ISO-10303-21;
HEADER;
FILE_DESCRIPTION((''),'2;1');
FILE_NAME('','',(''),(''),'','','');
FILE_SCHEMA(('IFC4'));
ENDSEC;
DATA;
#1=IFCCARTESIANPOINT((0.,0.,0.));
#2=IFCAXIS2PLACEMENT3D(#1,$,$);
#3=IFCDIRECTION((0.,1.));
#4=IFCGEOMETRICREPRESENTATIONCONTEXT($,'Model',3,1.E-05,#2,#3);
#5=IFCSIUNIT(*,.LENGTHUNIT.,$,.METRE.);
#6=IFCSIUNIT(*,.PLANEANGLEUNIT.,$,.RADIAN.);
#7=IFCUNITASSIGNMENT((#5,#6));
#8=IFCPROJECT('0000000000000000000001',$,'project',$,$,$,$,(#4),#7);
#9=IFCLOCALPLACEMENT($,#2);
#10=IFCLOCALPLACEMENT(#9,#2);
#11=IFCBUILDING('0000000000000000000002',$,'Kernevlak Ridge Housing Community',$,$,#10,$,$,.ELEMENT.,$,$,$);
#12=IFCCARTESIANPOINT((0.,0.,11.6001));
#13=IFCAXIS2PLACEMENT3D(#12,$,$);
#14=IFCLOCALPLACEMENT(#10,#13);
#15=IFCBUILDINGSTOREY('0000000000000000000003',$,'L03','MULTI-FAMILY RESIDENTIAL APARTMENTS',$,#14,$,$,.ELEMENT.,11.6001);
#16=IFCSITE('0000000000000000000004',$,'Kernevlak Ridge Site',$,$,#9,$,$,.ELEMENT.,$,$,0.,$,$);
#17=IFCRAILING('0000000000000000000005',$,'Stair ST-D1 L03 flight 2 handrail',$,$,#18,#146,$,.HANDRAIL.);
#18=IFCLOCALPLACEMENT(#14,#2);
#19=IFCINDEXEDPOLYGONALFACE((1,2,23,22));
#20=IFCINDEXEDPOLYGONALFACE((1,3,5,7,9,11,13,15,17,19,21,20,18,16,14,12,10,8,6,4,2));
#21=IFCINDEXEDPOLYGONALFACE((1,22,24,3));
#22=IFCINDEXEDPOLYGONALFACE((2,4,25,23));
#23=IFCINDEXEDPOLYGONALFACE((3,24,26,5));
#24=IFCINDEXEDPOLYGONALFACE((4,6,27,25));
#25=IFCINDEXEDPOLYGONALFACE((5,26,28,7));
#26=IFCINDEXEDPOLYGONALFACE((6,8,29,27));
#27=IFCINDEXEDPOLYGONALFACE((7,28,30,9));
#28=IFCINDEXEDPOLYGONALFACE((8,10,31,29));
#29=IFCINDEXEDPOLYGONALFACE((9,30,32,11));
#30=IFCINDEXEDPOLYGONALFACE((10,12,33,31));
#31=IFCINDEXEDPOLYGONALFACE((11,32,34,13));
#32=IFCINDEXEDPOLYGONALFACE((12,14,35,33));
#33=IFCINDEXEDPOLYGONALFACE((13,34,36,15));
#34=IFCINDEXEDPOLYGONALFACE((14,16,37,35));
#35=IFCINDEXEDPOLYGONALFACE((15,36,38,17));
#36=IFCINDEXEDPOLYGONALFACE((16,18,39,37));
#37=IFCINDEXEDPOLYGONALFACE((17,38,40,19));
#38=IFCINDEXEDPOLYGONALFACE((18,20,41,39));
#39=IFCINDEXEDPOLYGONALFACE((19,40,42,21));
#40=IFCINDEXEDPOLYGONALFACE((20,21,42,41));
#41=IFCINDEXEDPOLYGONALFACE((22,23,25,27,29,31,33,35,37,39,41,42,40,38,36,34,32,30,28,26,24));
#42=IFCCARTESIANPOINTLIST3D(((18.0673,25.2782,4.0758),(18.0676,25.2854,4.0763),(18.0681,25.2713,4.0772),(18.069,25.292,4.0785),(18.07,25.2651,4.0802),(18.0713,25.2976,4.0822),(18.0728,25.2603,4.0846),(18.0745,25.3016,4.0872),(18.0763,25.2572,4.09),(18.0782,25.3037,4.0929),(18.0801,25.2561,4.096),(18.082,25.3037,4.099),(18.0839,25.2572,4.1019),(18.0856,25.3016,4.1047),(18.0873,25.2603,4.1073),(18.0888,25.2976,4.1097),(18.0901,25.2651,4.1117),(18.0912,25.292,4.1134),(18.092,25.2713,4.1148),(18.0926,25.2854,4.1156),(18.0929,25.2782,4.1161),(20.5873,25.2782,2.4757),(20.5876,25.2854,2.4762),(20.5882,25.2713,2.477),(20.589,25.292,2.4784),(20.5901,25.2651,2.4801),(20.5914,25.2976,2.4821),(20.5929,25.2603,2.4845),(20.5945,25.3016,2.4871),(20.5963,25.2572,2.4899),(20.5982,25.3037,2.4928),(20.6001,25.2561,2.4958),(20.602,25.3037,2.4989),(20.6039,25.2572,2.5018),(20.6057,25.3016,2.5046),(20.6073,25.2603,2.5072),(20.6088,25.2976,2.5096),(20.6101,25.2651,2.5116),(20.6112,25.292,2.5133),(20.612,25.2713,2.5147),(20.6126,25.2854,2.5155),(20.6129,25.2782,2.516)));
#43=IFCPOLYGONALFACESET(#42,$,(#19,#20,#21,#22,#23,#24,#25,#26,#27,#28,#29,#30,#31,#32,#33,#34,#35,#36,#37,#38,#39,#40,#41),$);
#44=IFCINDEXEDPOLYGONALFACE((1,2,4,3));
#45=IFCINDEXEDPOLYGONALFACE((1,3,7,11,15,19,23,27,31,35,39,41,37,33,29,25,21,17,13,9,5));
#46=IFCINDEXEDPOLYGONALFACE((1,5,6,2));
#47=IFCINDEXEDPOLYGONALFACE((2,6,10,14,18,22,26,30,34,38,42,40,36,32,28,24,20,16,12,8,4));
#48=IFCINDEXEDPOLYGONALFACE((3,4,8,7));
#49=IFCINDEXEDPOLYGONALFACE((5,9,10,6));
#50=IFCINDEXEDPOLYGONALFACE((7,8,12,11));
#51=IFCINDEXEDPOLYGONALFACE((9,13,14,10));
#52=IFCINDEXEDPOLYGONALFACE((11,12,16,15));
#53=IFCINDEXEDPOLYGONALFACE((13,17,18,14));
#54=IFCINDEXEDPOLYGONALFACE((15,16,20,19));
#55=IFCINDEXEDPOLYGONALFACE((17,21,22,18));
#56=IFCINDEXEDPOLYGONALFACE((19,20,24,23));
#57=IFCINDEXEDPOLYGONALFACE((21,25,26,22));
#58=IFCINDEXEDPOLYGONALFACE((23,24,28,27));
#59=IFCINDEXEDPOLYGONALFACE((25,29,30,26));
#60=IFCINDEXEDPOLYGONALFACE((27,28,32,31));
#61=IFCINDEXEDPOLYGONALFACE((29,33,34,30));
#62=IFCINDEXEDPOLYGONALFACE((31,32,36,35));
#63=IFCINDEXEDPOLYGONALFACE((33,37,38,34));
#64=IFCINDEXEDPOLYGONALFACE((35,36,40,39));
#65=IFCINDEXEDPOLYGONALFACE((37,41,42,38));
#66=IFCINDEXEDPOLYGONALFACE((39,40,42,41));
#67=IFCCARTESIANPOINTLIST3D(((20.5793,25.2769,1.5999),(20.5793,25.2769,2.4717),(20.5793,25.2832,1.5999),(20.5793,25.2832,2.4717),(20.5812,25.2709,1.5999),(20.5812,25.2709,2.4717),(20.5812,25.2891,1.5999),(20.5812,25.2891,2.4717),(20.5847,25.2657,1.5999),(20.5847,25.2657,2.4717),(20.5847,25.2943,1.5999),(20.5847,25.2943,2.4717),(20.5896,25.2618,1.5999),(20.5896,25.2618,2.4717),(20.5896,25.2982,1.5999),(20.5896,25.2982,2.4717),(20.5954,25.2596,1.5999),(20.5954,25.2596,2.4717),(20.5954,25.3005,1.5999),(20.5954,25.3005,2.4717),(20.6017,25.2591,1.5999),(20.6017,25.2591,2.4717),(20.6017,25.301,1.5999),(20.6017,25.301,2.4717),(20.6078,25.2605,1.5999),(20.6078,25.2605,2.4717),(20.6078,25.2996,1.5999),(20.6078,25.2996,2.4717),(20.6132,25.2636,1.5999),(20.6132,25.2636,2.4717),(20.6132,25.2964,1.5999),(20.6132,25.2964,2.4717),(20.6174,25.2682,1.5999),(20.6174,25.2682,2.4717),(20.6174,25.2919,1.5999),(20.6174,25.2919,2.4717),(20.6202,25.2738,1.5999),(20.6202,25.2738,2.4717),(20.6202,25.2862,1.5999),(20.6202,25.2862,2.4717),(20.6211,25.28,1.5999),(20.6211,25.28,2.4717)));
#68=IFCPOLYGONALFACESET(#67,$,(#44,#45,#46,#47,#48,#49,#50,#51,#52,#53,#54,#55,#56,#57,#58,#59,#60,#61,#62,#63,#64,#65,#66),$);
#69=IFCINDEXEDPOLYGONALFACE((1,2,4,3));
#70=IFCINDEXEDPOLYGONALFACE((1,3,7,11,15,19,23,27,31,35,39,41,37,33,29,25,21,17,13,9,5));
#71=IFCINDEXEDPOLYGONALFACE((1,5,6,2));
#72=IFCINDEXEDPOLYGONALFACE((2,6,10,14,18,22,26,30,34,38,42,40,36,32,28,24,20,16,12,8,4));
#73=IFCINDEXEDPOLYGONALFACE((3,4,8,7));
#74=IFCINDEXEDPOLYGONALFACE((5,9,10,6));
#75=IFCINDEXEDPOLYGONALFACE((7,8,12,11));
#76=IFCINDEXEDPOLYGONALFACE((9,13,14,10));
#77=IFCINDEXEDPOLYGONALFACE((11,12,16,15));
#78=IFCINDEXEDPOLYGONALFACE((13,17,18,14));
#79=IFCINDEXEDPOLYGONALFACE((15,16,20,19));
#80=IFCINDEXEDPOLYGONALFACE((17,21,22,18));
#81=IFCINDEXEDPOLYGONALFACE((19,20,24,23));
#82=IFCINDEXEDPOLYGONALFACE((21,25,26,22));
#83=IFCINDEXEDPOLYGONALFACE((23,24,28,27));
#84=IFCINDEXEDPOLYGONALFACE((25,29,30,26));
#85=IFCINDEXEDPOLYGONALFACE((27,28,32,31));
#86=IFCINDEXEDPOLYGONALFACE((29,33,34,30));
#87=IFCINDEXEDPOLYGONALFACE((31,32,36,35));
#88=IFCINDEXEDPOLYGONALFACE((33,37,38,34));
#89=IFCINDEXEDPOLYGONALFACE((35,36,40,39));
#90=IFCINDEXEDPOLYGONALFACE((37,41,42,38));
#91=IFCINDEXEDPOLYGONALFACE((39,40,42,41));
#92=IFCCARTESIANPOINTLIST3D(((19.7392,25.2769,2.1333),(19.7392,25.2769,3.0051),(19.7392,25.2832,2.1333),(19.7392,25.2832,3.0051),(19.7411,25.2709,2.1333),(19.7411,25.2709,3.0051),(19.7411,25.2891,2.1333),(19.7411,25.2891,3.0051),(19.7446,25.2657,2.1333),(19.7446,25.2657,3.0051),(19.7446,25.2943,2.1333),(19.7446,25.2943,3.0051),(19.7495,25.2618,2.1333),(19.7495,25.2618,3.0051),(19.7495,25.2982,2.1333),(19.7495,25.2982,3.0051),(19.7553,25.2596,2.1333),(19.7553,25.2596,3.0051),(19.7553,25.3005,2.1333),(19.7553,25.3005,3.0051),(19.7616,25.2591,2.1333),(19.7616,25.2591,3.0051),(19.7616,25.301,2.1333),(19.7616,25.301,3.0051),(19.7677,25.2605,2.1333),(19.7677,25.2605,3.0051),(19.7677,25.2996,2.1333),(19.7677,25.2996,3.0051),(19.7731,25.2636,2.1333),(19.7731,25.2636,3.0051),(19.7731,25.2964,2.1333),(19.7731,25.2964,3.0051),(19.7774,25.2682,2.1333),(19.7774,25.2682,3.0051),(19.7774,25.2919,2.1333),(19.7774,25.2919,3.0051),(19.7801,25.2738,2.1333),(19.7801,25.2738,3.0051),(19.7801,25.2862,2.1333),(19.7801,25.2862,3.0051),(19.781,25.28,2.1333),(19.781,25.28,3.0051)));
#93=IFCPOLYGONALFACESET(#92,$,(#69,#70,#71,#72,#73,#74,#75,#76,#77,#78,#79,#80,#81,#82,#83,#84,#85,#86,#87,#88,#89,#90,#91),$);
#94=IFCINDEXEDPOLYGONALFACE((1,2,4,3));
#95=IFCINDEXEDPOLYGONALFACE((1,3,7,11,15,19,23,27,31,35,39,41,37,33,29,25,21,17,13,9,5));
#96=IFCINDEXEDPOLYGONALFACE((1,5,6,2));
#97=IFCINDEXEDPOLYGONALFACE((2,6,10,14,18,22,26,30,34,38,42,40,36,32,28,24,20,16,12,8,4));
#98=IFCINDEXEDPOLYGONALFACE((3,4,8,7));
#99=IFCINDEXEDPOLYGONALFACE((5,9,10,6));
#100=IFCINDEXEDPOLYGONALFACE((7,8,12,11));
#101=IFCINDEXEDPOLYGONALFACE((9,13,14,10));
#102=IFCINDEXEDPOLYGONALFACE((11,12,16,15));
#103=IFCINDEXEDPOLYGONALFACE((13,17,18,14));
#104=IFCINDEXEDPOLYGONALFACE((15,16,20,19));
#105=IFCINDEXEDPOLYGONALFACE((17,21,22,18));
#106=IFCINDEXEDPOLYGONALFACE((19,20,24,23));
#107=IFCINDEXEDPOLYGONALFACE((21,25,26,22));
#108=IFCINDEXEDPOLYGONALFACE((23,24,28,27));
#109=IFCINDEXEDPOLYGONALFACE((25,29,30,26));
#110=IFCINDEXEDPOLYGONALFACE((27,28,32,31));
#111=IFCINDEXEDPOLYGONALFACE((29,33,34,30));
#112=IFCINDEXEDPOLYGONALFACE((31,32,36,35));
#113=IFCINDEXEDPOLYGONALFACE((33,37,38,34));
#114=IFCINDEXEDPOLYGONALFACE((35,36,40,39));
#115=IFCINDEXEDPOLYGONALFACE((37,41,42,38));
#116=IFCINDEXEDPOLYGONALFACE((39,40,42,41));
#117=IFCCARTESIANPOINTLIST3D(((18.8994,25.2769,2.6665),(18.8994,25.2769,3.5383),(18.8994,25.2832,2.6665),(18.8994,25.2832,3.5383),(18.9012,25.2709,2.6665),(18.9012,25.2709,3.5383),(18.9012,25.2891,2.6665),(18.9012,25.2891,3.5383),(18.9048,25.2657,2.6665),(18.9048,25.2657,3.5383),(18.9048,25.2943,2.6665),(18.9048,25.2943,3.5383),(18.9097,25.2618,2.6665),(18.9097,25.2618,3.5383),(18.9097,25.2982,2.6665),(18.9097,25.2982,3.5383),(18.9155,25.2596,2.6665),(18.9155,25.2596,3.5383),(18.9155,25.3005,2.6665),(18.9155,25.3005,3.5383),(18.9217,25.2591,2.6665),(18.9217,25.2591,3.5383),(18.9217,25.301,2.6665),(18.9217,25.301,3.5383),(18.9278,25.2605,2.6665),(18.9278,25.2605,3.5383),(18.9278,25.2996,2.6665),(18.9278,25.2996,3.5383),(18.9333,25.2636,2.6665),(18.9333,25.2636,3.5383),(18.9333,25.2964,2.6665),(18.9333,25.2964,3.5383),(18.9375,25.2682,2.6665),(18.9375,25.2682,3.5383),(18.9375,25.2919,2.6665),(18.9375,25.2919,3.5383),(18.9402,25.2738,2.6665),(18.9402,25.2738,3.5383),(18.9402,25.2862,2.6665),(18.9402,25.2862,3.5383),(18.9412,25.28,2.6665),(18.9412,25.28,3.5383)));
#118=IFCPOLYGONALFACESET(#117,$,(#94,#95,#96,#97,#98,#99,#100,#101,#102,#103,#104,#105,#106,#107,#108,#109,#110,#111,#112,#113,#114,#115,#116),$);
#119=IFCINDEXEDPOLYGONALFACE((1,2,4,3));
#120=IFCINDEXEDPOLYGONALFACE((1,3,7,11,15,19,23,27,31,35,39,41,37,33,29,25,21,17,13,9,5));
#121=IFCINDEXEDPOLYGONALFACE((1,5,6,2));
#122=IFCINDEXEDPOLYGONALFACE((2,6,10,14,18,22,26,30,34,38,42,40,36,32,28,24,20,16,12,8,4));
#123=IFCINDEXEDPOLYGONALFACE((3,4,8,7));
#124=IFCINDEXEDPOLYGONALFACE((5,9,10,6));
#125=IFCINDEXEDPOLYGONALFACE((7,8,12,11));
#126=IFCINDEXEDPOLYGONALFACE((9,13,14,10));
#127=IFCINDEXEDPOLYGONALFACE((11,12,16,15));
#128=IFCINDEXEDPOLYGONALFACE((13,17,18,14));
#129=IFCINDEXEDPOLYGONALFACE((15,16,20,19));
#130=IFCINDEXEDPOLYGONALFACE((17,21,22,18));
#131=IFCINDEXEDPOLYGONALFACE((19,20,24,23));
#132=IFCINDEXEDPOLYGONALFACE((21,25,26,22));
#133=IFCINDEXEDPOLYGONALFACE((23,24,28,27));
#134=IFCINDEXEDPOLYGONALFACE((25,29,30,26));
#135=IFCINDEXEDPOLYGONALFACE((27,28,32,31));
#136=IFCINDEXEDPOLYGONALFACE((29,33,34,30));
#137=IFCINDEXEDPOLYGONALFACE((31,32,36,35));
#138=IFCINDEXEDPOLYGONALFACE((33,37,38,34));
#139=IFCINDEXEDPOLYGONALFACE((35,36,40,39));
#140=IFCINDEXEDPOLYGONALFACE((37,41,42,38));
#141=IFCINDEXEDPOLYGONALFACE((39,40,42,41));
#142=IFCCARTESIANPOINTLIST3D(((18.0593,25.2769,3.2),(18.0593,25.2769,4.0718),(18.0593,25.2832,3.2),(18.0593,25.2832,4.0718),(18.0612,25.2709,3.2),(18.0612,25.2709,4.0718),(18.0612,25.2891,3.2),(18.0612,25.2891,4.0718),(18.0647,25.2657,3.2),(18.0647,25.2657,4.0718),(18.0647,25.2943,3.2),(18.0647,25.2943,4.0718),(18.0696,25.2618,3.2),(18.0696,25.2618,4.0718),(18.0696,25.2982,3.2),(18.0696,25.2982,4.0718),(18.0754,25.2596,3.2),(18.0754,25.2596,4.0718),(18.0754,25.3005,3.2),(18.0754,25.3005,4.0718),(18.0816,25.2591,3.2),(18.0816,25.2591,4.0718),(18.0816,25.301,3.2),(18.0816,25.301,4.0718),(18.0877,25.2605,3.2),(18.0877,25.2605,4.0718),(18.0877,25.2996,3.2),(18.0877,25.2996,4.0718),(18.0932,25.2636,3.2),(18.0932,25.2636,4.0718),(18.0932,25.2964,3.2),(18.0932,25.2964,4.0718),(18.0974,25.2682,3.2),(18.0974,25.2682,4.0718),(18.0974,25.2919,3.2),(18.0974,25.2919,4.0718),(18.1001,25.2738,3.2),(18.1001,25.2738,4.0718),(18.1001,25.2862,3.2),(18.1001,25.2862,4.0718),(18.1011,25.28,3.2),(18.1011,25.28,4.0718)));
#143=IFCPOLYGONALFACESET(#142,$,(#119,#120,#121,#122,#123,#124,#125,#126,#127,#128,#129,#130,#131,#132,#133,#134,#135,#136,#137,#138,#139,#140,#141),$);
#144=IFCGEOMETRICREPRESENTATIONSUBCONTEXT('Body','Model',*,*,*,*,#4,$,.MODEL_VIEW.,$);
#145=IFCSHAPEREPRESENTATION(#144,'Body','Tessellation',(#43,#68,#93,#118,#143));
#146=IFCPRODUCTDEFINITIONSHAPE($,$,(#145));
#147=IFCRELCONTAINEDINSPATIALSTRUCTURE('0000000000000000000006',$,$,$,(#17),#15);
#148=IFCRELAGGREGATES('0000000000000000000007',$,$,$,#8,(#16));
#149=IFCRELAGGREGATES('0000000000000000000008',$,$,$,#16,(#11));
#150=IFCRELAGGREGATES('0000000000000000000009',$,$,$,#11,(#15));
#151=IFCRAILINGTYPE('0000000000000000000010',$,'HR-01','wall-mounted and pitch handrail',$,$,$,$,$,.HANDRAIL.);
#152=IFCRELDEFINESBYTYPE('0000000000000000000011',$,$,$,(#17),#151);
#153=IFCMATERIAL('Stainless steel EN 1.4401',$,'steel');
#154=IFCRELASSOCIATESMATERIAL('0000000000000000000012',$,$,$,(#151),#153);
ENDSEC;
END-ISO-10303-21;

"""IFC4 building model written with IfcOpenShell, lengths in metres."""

from ifc_helpers import new_model, si_unit, direction, frame, origin, origin_2d, place, context, subcontext, project, spatial, circle, extrude, material, type_object, element, save


model = new_model("IFC4")

# Units and contexts
model_context = context("Model", 3, precision=1e-05, world=origin(), true_north=direction((0.0, 1.0)))
body_context = subcontext(model_context, "Body", "Model", "MODEL_VIEW")
ifc_project = project(units=[si_unit("LENGTHUNIT", "METRE"), si_unit("PLANEANGLEUNIT", "RADIAN")], contexts=[model_context])

# Site, building, storey
site_placement = place(None, origin())
site = spatial("IfcSite", under=ifc_project, at=site_placement, Name="Kernevlak Ridge Site", CompositionType="ELEMENT", RefElevation=0.0)
building_placement = place(site_placement, origin())
building = spatial("IfcBuilding", under=site, at=building_placement, Name="Kernevlak Ridge Housing Community", CompositionType="ELEMENT")
storey_placement = place(building_placement, frame((0.0, 0.0, 11.6001)))
storey = spatial("IfcBuildingStorey", under=building, at=storey_placement, Name="L03", Description="MULTI-FAMILY RESIDENTIAL APARTMENTS", CompositionType="ELEMENT", Elevation=11.6001)

# Shared definitions
ifc_material_1 = material(Name="Stainless steel EN 1.4401", Category="steel")

# Railing
railing_type_1 = type_object("IfcRailingType", Name="HR-01", Description="wall-mounted and pitch handrail", PredefinedType="HANDRAIL", material=ifc_material_1)
railing_1_placement = place(storey_placement, frame((20.6001, 25.28, 1.5999)))
element("IfcRailing", 1, at=railing_1_placement, inside=storey, type_object=railing_type_1, Name="Stair ST-D1 L03 flight 2 handrail", PredefinedType="HANDRAIL", context=body_context, shape_type="SweptSolid", body=[
    extrude(circle(Radius=0.0239, at=origin_2d()), frame((0.0, 0.0, 0.896), z_axis=(-0.8442, 0.0, 0.536028), x_axis=(0.0, -1.0, 0.0)), (0.0, 0.0, 1.0), 2.9851),
    extrude(circle(Radius=0.021, at=origin_2d()), origin(), (0.0, 0.0, 1.0), 0.8718),
    extrude(circle(Radius=0.021, at=origin_2d()), frame((-0.8401, 0.0, 0.5334)), (0.0, 0.0, 1.0), 0.8718),
    extrude(circle(Radius=0.021, at=origin_2d()), frame((-1.6799, 0.0, 1.0667)), (0.0, 0.0, 1.0), 0.8718),
    extrude(circle(Radius=0.021, at=origin_2d()), frame((-2.52, 0.0, 1.6001)), (0.0, 0.0, 1.0), 0.8718),
])

save(model, "model.ifc")
